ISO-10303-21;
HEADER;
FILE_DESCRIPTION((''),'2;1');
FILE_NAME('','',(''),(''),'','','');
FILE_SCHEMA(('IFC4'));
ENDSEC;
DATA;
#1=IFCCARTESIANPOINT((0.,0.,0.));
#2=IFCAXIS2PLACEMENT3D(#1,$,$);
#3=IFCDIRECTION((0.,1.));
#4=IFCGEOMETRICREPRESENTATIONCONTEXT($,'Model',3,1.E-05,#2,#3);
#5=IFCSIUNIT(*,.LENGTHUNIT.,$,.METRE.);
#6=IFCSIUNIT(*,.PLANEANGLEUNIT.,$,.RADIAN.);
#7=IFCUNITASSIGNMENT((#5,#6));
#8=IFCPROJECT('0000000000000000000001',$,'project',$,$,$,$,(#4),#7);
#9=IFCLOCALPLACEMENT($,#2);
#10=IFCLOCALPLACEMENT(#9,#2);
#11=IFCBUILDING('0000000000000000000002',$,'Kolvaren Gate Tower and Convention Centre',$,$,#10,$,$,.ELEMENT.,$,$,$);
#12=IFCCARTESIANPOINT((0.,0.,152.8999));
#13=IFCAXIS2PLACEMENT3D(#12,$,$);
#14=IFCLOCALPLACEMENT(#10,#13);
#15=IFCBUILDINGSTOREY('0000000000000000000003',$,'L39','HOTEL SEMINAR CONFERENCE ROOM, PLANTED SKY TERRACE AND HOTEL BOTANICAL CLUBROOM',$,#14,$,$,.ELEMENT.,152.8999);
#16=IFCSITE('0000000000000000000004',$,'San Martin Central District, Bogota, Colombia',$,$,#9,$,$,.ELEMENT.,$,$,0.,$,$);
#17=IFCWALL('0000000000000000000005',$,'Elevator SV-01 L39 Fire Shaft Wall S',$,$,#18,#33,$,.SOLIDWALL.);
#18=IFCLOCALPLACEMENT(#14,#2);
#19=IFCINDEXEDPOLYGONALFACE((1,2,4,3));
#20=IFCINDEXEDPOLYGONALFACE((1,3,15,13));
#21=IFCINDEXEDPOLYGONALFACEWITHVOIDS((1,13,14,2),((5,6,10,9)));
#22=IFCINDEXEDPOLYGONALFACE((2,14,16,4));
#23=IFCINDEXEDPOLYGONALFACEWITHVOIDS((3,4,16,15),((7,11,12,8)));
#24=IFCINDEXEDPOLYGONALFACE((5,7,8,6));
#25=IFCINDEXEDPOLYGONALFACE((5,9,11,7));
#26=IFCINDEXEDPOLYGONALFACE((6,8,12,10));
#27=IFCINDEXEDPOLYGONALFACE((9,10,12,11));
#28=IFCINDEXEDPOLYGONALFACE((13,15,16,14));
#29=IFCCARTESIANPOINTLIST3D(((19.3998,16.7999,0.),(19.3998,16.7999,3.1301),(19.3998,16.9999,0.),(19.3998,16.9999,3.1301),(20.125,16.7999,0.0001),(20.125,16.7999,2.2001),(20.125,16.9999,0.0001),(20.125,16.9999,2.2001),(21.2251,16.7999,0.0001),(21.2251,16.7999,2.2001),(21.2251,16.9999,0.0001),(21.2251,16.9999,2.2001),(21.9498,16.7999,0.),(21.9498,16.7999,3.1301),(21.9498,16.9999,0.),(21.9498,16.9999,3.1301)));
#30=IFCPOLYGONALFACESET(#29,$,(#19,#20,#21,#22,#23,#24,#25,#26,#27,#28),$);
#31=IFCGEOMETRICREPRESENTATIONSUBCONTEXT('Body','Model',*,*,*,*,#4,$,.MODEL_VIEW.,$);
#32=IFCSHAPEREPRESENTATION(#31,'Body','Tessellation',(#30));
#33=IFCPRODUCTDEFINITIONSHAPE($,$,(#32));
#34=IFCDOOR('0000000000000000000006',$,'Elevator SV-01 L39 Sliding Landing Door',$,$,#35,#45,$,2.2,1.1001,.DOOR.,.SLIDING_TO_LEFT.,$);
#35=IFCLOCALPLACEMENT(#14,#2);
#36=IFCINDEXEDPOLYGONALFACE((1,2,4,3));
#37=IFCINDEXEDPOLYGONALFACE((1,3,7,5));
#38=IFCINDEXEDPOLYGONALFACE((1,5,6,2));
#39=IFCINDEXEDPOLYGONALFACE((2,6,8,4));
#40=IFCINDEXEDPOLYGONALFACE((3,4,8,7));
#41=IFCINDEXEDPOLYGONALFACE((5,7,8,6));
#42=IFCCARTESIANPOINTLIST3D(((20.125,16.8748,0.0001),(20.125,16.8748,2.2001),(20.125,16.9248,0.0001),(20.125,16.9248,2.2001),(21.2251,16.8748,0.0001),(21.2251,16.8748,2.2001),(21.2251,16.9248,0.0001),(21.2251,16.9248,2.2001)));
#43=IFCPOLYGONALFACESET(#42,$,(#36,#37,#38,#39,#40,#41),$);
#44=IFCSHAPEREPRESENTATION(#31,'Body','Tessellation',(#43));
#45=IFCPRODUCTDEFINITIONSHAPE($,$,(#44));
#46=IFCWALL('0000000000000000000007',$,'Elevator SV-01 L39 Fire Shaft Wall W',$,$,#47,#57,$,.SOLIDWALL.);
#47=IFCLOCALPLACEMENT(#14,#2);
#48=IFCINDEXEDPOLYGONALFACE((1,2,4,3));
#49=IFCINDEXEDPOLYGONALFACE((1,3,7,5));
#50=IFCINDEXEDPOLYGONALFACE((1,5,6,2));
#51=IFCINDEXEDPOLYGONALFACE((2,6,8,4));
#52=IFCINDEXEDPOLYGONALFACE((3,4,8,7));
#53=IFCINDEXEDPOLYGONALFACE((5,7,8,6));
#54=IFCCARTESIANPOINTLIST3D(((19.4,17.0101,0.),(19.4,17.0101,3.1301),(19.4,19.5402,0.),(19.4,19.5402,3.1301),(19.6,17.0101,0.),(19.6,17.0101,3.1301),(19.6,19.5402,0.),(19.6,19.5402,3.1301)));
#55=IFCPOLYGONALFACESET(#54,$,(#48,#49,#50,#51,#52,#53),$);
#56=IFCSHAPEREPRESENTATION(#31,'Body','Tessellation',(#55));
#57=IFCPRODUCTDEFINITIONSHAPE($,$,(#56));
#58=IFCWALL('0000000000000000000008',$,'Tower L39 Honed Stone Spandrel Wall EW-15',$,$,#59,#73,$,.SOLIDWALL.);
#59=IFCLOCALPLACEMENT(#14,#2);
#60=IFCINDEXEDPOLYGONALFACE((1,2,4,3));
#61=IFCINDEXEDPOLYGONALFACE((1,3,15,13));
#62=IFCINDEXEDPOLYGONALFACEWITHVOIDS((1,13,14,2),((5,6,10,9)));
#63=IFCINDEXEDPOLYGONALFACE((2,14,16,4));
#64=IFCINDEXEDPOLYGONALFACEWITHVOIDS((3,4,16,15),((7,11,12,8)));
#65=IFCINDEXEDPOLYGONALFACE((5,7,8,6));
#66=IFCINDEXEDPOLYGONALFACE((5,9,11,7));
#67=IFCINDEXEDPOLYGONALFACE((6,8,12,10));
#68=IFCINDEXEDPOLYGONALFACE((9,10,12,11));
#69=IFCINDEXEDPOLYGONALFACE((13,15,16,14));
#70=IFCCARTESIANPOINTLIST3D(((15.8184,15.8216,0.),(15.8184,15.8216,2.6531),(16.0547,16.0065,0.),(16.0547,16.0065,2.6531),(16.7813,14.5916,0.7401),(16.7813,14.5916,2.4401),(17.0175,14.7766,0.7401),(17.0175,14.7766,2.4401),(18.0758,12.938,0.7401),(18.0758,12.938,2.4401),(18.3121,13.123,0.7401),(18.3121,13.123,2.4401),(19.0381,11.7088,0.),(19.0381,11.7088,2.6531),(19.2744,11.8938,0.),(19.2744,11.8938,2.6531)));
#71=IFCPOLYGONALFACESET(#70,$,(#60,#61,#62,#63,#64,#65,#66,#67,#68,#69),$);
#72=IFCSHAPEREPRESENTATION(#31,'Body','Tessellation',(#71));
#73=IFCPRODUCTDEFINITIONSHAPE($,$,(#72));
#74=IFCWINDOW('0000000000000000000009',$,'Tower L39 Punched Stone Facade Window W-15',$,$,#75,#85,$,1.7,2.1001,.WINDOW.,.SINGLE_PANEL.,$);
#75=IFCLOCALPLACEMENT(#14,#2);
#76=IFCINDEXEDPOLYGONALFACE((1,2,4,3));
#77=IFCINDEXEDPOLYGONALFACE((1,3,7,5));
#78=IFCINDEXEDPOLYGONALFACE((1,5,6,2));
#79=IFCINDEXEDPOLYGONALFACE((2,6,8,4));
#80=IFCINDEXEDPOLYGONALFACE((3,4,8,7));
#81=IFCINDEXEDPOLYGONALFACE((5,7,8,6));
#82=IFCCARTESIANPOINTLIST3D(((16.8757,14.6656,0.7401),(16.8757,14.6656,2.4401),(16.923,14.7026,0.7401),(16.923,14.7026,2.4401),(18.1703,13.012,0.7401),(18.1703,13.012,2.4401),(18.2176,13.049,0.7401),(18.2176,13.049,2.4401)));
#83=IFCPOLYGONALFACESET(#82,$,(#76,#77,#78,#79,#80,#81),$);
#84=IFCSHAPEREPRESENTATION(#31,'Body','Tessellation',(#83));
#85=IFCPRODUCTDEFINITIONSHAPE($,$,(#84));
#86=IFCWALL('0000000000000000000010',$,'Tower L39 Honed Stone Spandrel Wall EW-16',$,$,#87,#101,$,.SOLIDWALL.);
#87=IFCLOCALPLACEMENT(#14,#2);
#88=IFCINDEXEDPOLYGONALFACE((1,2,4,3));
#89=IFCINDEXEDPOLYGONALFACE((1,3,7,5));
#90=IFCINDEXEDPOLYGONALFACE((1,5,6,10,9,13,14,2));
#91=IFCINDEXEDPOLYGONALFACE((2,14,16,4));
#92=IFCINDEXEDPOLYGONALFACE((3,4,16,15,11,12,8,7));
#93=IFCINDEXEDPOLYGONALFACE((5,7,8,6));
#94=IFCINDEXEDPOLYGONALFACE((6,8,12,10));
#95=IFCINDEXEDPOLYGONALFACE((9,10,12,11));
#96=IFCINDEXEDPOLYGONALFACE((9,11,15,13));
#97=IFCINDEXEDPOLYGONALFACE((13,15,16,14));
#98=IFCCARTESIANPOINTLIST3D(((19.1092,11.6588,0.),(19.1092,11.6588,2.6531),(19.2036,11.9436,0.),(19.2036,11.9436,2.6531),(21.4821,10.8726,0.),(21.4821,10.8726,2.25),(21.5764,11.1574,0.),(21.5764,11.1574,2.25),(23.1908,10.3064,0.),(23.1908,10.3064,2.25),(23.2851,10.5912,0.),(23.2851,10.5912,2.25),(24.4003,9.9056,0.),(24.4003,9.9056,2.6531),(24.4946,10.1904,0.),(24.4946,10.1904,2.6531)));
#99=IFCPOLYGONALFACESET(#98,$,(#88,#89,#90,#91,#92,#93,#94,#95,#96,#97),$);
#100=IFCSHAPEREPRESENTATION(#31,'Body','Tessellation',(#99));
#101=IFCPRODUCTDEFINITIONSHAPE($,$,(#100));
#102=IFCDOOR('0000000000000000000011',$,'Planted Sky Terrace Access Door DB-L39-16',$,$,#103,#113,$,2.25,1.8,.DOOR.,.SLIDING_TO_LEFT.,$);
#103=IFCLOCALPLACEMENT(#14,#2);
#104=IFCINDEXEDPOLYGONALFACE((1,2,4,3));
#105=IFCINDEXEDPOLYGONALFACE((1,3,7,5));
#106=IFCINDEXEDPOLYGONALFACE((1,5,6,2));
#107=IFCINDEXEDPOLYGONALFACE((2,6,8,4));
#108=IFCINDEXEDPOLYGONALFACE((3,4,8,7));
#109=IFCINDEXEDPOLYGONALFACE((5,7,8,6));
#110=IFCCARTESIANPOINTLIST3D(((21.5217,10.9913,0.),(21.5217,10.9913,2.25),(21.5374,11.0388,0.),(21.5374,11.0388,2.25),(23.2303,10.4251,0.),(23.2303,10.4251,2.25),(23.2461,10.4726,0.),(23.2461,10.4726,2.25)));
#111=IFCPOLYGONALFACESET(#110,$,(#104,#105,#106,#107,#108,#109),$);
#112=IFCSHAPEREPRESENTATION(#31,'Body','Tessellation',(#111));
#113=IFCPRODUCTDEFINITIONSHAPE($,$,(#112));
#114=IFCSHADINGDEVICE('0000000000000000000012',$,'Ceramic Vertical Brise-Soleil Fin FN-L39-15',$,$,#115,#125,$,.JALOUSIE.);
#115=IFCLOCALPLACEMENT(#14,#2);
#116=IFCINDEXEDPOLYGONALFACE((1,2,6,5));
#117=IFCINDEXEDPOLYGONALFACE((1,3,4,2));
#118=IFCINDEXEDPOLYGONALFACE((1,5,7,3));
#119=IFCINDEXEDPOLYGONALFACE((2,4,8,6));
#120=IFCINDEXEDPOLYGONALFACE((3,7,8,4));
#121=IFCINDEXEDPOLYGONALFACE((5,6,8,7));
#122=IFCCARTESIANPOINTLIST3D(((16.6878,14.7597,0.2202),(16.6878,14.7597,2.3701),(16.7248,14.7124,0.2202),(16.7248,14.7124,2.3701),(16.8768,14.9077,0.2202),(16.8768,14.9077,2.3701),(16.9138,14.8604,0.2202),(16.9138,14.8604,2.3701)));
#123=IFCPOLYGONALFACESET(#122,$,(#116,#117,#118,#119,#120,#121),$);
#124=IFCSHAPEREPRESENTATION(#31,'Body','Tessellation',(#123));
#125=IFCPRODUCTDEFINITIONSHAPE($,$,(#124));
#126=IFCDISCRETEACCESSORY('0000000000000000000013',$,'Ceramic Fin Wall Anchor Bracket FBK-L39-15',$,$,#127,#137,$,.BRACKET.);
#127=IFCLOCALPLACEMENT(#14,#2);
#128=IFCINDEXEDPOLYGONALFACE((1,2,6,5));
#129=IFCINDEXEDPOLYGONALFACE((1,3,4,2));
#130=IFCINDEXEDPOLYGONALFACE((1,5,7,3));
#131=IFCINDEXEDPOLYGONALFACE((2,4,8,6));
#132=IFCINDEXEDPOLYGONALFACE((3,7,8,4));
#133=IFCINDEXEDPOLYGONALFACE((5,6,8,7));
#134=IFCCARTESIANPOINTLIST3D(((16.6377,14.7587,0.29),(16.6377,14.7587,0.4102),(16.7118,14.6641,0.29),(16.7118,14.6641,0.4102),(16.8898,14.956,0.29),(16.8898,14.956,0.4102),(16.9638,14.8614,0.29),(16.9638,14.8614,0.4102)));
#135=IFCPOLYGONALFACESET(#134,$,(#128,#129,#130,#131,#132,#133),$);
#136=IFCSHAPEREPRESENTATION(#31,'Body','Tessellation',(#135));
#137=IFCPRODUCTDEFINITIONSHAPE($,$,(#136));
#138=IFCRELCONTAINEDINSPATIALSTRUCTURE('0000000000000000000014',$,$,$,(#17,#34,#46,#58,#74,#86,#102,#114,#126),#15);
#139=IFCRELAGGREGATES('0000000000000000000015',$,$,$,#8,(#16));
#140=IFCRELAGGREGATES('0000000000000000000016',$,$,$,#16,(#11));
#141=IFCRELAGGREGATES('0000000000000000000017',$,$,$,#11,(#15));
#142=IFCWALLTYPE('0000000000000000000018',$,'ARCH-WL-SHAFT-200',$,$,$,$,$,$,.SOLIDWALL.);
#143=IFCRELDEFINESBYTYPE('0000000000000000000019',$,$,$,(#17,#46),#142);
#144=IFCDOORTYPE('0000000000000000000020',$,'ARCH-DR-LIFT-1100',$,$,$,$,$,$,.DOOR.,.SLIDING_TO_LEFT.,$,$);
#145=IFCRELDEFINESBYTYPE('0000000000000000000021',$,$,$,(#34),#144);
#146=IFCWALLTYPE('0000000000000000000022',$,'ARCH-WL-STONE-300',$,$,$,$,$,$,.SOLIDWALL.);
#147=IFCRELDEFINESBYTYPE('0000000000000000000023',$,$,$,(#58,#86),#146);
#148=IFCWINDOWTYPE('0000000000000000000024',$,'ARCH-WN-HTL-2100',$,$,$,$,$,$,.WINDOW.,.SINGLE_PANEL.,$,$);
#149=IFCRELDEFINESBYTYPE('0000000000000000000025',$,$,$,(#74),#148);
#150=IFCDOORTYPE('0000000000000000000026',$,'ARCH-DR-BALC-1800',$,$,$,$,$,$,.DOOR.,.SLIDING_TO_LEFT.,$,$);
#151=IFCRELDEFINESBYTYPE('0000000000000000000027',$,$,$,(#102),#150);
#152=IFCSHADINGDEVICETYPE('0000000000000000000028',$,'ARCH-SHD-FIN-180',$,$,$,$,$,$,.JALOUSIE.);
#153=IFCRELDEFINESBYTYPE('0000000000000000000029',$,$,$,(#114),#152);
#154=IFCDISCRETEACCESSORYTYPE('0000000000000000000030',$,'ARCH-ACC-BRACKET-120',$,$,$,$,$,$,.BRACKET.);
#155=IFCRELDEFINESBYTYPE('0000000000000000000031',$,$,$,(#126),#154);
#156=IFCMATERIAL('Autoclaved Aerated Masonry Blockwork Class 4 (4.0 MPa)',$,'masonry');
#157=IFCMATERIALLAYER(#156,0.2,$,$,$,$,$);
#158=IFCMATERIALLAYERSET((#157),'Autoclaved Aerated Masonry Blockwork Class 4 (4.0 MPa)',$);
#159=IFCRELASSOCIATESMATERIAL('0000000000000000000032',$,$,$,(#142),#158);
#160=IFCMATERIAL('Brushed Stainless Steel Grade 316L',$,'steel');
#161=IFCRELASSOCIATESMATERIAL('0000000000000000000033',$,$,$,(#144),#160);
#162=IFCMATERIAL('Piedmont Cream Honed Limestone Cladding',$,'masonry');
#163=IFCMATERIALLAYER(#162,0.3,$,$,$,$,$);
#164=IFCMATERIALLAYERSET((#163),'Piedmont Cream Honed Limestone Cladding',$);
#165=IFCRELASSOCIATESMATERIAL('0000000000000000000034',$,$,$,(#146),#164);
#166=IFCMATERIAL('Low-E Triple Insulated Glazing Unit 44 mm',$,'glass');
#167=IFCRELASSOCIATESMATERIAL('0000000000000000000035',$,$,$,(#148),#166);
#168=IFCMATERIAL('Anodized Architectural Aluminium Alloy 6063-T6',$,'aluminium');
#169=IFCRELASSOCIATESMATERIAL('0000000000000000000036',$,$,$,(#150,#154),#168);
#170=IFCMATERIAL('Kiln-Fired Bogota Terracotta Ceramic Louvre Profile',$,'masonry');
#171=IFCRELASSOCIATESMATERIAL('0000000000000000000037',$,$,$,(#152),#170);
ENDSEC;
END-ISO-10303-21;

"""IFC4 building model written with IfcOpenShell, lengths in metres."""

from ifc_helpers import new_model, si_unit, direction, frame, frame_2d, origin, origin_2d, place, context, subcontext, project, spatial, rectangle, extrude, material, layer, layer_set, type_object, element, fill, save


model = new_model("IFC4")

# Units and contexts
model_context = context("Model", 3, precision=1e-05, world=origin(), true_north=direction((0.0, 1.0)))
body_context = subcontext(model_context, "Body", "Model", "MODEL_VIEW")
ifc_project = project(units=[si_unit("LENGTHUNIT", "METRE"), si_unit("PLANEANGLEUNIT", "RADIAN")], contexts=[model_context])

# Site, building, storey
site_placement = place(None, origin())
site = spatial("IfcSite", under=ifc_project, at=site_placement, Name="San Martin Central District, Bogota, Colombia", CompositionType="ELEMENT", RefElevation=0.0)
building_placement = place(site_placement, origin())
building = spatial("IfcBuilding", under=site, at=building_placement, Name="Kolvaren Gate Tower and Convention Centre", CompositionType="ELEMENT")
storey_placement = place(building_placement, frame((0.0, 0.0, 152.8999)))
storey = spatial("IfcBuildingStorey", under=building, at=storey_placement, Name="L39", Description="HOTEL SEMINAR CONFERENCE ROOM, PLANTED SKY TERRACE AND HOTEL BOTANICAL CLUBROOM", CompositionType="ELEMENT", Elevation=152.8999)

# Shared definitions
ifc_material_1 = material(Name="Piedmont Cream Honed Limestone Cladding", Category="masonry")

# Wall, opening, door
ifc_material_2 = material(Name="Autoclaved Aerated Masonry Blockwork Class 4 (4.0 MPa)", Category="masonry")
ifc_layer_1 = layer(ifc_material_2, 0.2)
ifc_layer_set_1 = layer_set([ifc_layer_1], Name="Autoclaved Aerated Masonry Blockwork Class 4 (4.0 MPa)")
wall_type_1 = type_object("IfcWallType", Name="ARCH-WL-SHAFT-200", PredefinedType="SOLIDWALL", material=ifc_layer_set_1)
wall_1_placement = place(storey_placement, frame((19.3999, 16.8999, 0.0), z_axis=(0.0, 0.0, 1.0), x_axis=(1.0, 0.0, 0.0)))
wall_1 = element("IfcWall", 1, at=wall_1_placement, inside=storey, type_object=wall_type_1, Name="Elevator SV-01 L39 Fire Shaft Wall S", PredefinedType="SOLIDWALL", context=body_context, shape_type="SweptSolid", body=[
    extrude(rectangle(XDim=2.55, YDim=0.2, at=frame_2d((1.2749, 0.0))), origin(), (0.0, 0.0, 1.0), 3.1301),
])
opening_1_placement = place(wall_1_placement, frame((0.7251, 0.0, 0.0)))
opening_1 = element("IfcOpeningElement", 2, at=opening_1_placement, cuts=wall_1, PredefinedType="OPENING", context=body_context, shape_type="SweptSolid", body=[
    extrude(rectangle(XDim=1.1001, YDim=2.2, at=frame_2d((0.55, 1.1001))), frame((0.0, 0.1099, 0.0), z_axis=(0.0, -1.0, 0.0), x_axis=(1.0, 0.0, 0.0)), (0.0, 0.0, 1.0), 0.22),
])
ifc_material_3 = material(Name="Brushed Stainless Steel Grade 316L", Category="steel")
door_type_1 = type_object("IfcDoorType", Name="ARCH-DR-LIFT-1100", OperationType="SLIDING_TO_LEFT", PredefinedType="DOOR", material=ifc_material_3)
door_1_placement = place(opening_1_placement, origin())
door_1 = element("IfcDoor", 3, at=door_1_placement, inside=storey, type_object=door_type_1, Name="Elevator SV-01 L39 Sliding Landing Door", OperationType="SLIDING_TO_LEFT", OverallHeight=2.2, OverallWidth=1.1001, PredefinedType="DOOR", context=body_context, shape_type="SweptSolid", body=[
    extrude(rectangle(XDim=1.1001, YDim=2.2, at=frame_2d((0.55, 1.1001))), frame((0.0, 0.0249, 0.0), z_axis=(0.0, -1.0, 0.0), x_axis=(1.0, 0.0, 0.0)), (0.0, 0.0, 1.0), 0.05),
])
fill(opening_1, door_1)

# Wall
wall_2_placement = place(storey_placement, frame((19.5, 17.01, 0.0), z_axis=(0.0, 0.0, 1.0), x_axis=(0.0, 1.0, 0.0)))
element("IfcWall", 4, at=wall_2_placement, inside=storey, type_object=wall_type_1, Name="Elevator SV-01 L39 Fire Shaft Wall W", PredefinedType="SOLIDWALL", context=body_context, shape_type="SweptSolid", body=[
    extrude(rectangle(XDim=2.53, YDim=0.2, at=frame_2d((1.2651, 0.0))), origin(), (0.0, 0.0, 1.0), 3.1301),
])

# Wall, opening, window
ifc_layer_2 = layer(ifc_material_1, 0.3)
ifc_layer_set_2 = layer_set([ifc_layer_2], Name="Piedmont Cream Honed Limestone Cladding")
wall_type_2 = type_object("IfcWallType", Name="ARCH-WL-STONE-300", PredefinedType="SOLIDWALL", material=ifc_layer_set_2)
wall_3_placement = place(storey_placement, frame((15.9365, 15.9141, 0.0), z_axis=(0.0, 0.0, 1.0), x_axis=(0.616429, -0.78741, 0.0)))
wall_3 = element("IfcWall", 5, at=wall_3_placement, inside=storey, type_object=wall_type_2, Name="Tower L39 Honed Stone Spandrel Wall EW-15", PredefinedType="SOLIDWALL", context=body_context, shape_type="SweptSolid", body=[
    extrude(rectangle(XDim=5.2231, YDim=0.3, at=frame_2d((2.6116, 0.0))), origin(), (0.0, 0.0, 1.0), 2.6531),
])
opening_2_placement = place(wall_3_placement, frame((1.562, 0.0, 0.74)))
opening_2 = element("IfcOpeningElement", 6, at=opening_2_placement, cuts=wall_3, PredefinedType="OPENING", context=body_context, shape_type="SweptSolid", body=[
    extrude(rectangle(XDim=2.1001, YDim=1.7, at=frame_2d((1.05, 0.8501))), frame((0.0, 0.1599, 0.0), z_axis=(0.0, -1.0, 0.0), x_axis=(1.0, 0.0, 0.0)), (0.0, 0.0, 1.0), 0.3201),
])
ifc_material_4 = material(Name="Low-E Triple Insulated Glazing Unit 44 mm", Category="glass")
window_type = type_object("IfcWindowType", Name="ARCH-WN-HTL-2100", PartitioningType="SINGLE_PANEL", PredefinedType="WINDOW", material=ifc_material_4)
window_placement = place(opening_2_placement, origin())
window = element("IfcWindow", 7, at=window_placement, inside=storey, type_object=window_type, Name="Tower L39 Punched Stone Facade Window W-15", OverallHeight=1.7, OverallWidth=2.1001, PartitioningType="SINGLE_PANEL", PredefinedType="WINDOW", context=body_context, shape_type="SweptSolid", body=[
    extrude(rectangle(XDim=2.1001, YDim=1.7, at=frame_2d((1.05, 0.8501))), frame((0.0, 0.03, 0.0), z_axis=(0.0, -1.0, 0.0), x_axis=(1.0, 0.0, 0.0)), (0.0, 0.0, 1.0), 0.0601),
])
fill(opening_2, window)

# Wall, opening, door
wall_4_placement = place(storey_placement, frame((19.1562, 11.8013, 0.0), z_axis=(0.0, 0.0, 1.0), x_axis=(0.949247, -0.314532, 0.0)))
wall_4 = element("IfcWall", 8, at=wall_4_placement, inside=storey, type_object=wall_type_2, Name="Tower L39 Honed Stone Spandrel Wall EW-16", PredefinedType="SOLIDWALL", context=body_context, shape_type="SweptSolid", body=[
    extrude(rectangle(XDim=5.574, YDim=0.3, at=frame_2d((2.7871, 0.0))), origin(), (0.0, 0.0, 1.0), 2.6531),
])
opening_3_placement = place(wall_4_placement, frame((2.5, 0.0, 0.0)))
opening_3 = element("IfcOpeningElement", 9, at=opening_3_placement, cuts=wall_4, PredefinedType="OPENING", context=body_context, shape_type="SweptSolid", body=[
    extrude(rectangle(XDim=1.8, YDim=2.25, at=frame_2d((0.8999, 1.125))), frame((0.0, 0.1599, 0.0), z_axis=(0.0, -1.0, 0.0), x_axis=(1.0, 0.0, 0.0)), (0.0, 0.0, 1.0), 0.3201),
])
ifc_material_5 = material(Name="Anodized Architectural Aluminium Alloy 6063-T6", Category="aluminium")
door_type_2 = type_object("IfcDoorType", Name="ARCH-DR-BALC-1800", OperationType="SLIDING_TO_LEFT", PredefinedType="DOOR", material=ifc_material_5)
door_2_placement = place(opening_3_placement, frame((1.8, 0.0, 0.0), z_axis=(0.0, 0.0, 1.0), x_axis=(-1.0, 0.0, 0.0)))
door_2 = element("IfcDoor", 10, at=door_2_placement, inside=storey, type_object=door_type_2, Name="Planted Sky Terrace Access Door DB-L39-16", OperationType="SLIDING_TO_LEFT", OverallHeight=2.25, OverallWidth=1.8, PredefinedType="DOOR", context=body_context, shape_type="SweptSolid", body=[
    extrude(rectangle(XDim=1.8, YDim=2.25, at=frame_2d((0.8999, 1.125))), frame((0.0, 0.0249, 0.0), z_axis=(0.0, -1.0, 0.0), x_axis=(1.0, 0.0, 0.0)), (0.0, 0.0, 1.0), 0.05),
])
fill(opening_3, door_2)

# Shading device
ifc_material_6 = material(Name="Kiln-Fired Bogota Terracotta Ceramic Louvre Profile", Category="masonry")
shading_device_type = type_object("IfcShadingDeviceType", Name="ARCH-SHD-FIN-180", PredefinedType="JALOUSIE", material=ifc_material_6)
shading_device_placement = place(storey_placement, frame((16.8008, 14.8101, 0.2202), z_axis=(0.0, 0.0, 1.0), x_axis=(0.616434, -0.787406, 0.0)))
element("IfcShadingDevice", 11, at=shading_device_placement, inside=storey, type_object=shading_device_type, Name="Ceramic Vertical Brise-Soleil Fin FN-L39-15", PredefinedType="JALOUSIE", context=body_context, shape_type="SweptSolid", body=[
    extrude(rectangle(XDim=0.0601, YDim=0.24, at=origin_2d()), origin(), (0.0, 0.0, 1.0), 2.1499),
])

# Discrete accessory
discrete_accessory_type = type_object("IfcDiscreteAccessoryType", Name="ARCH-ACC-BRACKET-120", PredefinedType="BRACKET", material=ifc_material_5)
discrete_accessory_placement = place(storey_placement, frame((16.8008, 14.8101, 0.29), z_axis=(0.0, 0.0, 1.0), x_axis=(0.616434, -0.787406, 0.0)))
element("IfcDiscreteAccessory", 12, at=discrete_accessory_placement, inside=storey, type_object=discrete_accessory_type, Name="Ceramic Fin Wall Anchor Bracket FBK-L39-15", PredefinedType="BRACKET", context=body_context, shape_type="SweptSolid", body=[
    extrude(rectangle(XDim=0.1201, YDim=0.3201, at=origin_2d()), origin(), (0.0, 0.0, 1.0), 0.1201),
])

save(model, "model.ifc")
